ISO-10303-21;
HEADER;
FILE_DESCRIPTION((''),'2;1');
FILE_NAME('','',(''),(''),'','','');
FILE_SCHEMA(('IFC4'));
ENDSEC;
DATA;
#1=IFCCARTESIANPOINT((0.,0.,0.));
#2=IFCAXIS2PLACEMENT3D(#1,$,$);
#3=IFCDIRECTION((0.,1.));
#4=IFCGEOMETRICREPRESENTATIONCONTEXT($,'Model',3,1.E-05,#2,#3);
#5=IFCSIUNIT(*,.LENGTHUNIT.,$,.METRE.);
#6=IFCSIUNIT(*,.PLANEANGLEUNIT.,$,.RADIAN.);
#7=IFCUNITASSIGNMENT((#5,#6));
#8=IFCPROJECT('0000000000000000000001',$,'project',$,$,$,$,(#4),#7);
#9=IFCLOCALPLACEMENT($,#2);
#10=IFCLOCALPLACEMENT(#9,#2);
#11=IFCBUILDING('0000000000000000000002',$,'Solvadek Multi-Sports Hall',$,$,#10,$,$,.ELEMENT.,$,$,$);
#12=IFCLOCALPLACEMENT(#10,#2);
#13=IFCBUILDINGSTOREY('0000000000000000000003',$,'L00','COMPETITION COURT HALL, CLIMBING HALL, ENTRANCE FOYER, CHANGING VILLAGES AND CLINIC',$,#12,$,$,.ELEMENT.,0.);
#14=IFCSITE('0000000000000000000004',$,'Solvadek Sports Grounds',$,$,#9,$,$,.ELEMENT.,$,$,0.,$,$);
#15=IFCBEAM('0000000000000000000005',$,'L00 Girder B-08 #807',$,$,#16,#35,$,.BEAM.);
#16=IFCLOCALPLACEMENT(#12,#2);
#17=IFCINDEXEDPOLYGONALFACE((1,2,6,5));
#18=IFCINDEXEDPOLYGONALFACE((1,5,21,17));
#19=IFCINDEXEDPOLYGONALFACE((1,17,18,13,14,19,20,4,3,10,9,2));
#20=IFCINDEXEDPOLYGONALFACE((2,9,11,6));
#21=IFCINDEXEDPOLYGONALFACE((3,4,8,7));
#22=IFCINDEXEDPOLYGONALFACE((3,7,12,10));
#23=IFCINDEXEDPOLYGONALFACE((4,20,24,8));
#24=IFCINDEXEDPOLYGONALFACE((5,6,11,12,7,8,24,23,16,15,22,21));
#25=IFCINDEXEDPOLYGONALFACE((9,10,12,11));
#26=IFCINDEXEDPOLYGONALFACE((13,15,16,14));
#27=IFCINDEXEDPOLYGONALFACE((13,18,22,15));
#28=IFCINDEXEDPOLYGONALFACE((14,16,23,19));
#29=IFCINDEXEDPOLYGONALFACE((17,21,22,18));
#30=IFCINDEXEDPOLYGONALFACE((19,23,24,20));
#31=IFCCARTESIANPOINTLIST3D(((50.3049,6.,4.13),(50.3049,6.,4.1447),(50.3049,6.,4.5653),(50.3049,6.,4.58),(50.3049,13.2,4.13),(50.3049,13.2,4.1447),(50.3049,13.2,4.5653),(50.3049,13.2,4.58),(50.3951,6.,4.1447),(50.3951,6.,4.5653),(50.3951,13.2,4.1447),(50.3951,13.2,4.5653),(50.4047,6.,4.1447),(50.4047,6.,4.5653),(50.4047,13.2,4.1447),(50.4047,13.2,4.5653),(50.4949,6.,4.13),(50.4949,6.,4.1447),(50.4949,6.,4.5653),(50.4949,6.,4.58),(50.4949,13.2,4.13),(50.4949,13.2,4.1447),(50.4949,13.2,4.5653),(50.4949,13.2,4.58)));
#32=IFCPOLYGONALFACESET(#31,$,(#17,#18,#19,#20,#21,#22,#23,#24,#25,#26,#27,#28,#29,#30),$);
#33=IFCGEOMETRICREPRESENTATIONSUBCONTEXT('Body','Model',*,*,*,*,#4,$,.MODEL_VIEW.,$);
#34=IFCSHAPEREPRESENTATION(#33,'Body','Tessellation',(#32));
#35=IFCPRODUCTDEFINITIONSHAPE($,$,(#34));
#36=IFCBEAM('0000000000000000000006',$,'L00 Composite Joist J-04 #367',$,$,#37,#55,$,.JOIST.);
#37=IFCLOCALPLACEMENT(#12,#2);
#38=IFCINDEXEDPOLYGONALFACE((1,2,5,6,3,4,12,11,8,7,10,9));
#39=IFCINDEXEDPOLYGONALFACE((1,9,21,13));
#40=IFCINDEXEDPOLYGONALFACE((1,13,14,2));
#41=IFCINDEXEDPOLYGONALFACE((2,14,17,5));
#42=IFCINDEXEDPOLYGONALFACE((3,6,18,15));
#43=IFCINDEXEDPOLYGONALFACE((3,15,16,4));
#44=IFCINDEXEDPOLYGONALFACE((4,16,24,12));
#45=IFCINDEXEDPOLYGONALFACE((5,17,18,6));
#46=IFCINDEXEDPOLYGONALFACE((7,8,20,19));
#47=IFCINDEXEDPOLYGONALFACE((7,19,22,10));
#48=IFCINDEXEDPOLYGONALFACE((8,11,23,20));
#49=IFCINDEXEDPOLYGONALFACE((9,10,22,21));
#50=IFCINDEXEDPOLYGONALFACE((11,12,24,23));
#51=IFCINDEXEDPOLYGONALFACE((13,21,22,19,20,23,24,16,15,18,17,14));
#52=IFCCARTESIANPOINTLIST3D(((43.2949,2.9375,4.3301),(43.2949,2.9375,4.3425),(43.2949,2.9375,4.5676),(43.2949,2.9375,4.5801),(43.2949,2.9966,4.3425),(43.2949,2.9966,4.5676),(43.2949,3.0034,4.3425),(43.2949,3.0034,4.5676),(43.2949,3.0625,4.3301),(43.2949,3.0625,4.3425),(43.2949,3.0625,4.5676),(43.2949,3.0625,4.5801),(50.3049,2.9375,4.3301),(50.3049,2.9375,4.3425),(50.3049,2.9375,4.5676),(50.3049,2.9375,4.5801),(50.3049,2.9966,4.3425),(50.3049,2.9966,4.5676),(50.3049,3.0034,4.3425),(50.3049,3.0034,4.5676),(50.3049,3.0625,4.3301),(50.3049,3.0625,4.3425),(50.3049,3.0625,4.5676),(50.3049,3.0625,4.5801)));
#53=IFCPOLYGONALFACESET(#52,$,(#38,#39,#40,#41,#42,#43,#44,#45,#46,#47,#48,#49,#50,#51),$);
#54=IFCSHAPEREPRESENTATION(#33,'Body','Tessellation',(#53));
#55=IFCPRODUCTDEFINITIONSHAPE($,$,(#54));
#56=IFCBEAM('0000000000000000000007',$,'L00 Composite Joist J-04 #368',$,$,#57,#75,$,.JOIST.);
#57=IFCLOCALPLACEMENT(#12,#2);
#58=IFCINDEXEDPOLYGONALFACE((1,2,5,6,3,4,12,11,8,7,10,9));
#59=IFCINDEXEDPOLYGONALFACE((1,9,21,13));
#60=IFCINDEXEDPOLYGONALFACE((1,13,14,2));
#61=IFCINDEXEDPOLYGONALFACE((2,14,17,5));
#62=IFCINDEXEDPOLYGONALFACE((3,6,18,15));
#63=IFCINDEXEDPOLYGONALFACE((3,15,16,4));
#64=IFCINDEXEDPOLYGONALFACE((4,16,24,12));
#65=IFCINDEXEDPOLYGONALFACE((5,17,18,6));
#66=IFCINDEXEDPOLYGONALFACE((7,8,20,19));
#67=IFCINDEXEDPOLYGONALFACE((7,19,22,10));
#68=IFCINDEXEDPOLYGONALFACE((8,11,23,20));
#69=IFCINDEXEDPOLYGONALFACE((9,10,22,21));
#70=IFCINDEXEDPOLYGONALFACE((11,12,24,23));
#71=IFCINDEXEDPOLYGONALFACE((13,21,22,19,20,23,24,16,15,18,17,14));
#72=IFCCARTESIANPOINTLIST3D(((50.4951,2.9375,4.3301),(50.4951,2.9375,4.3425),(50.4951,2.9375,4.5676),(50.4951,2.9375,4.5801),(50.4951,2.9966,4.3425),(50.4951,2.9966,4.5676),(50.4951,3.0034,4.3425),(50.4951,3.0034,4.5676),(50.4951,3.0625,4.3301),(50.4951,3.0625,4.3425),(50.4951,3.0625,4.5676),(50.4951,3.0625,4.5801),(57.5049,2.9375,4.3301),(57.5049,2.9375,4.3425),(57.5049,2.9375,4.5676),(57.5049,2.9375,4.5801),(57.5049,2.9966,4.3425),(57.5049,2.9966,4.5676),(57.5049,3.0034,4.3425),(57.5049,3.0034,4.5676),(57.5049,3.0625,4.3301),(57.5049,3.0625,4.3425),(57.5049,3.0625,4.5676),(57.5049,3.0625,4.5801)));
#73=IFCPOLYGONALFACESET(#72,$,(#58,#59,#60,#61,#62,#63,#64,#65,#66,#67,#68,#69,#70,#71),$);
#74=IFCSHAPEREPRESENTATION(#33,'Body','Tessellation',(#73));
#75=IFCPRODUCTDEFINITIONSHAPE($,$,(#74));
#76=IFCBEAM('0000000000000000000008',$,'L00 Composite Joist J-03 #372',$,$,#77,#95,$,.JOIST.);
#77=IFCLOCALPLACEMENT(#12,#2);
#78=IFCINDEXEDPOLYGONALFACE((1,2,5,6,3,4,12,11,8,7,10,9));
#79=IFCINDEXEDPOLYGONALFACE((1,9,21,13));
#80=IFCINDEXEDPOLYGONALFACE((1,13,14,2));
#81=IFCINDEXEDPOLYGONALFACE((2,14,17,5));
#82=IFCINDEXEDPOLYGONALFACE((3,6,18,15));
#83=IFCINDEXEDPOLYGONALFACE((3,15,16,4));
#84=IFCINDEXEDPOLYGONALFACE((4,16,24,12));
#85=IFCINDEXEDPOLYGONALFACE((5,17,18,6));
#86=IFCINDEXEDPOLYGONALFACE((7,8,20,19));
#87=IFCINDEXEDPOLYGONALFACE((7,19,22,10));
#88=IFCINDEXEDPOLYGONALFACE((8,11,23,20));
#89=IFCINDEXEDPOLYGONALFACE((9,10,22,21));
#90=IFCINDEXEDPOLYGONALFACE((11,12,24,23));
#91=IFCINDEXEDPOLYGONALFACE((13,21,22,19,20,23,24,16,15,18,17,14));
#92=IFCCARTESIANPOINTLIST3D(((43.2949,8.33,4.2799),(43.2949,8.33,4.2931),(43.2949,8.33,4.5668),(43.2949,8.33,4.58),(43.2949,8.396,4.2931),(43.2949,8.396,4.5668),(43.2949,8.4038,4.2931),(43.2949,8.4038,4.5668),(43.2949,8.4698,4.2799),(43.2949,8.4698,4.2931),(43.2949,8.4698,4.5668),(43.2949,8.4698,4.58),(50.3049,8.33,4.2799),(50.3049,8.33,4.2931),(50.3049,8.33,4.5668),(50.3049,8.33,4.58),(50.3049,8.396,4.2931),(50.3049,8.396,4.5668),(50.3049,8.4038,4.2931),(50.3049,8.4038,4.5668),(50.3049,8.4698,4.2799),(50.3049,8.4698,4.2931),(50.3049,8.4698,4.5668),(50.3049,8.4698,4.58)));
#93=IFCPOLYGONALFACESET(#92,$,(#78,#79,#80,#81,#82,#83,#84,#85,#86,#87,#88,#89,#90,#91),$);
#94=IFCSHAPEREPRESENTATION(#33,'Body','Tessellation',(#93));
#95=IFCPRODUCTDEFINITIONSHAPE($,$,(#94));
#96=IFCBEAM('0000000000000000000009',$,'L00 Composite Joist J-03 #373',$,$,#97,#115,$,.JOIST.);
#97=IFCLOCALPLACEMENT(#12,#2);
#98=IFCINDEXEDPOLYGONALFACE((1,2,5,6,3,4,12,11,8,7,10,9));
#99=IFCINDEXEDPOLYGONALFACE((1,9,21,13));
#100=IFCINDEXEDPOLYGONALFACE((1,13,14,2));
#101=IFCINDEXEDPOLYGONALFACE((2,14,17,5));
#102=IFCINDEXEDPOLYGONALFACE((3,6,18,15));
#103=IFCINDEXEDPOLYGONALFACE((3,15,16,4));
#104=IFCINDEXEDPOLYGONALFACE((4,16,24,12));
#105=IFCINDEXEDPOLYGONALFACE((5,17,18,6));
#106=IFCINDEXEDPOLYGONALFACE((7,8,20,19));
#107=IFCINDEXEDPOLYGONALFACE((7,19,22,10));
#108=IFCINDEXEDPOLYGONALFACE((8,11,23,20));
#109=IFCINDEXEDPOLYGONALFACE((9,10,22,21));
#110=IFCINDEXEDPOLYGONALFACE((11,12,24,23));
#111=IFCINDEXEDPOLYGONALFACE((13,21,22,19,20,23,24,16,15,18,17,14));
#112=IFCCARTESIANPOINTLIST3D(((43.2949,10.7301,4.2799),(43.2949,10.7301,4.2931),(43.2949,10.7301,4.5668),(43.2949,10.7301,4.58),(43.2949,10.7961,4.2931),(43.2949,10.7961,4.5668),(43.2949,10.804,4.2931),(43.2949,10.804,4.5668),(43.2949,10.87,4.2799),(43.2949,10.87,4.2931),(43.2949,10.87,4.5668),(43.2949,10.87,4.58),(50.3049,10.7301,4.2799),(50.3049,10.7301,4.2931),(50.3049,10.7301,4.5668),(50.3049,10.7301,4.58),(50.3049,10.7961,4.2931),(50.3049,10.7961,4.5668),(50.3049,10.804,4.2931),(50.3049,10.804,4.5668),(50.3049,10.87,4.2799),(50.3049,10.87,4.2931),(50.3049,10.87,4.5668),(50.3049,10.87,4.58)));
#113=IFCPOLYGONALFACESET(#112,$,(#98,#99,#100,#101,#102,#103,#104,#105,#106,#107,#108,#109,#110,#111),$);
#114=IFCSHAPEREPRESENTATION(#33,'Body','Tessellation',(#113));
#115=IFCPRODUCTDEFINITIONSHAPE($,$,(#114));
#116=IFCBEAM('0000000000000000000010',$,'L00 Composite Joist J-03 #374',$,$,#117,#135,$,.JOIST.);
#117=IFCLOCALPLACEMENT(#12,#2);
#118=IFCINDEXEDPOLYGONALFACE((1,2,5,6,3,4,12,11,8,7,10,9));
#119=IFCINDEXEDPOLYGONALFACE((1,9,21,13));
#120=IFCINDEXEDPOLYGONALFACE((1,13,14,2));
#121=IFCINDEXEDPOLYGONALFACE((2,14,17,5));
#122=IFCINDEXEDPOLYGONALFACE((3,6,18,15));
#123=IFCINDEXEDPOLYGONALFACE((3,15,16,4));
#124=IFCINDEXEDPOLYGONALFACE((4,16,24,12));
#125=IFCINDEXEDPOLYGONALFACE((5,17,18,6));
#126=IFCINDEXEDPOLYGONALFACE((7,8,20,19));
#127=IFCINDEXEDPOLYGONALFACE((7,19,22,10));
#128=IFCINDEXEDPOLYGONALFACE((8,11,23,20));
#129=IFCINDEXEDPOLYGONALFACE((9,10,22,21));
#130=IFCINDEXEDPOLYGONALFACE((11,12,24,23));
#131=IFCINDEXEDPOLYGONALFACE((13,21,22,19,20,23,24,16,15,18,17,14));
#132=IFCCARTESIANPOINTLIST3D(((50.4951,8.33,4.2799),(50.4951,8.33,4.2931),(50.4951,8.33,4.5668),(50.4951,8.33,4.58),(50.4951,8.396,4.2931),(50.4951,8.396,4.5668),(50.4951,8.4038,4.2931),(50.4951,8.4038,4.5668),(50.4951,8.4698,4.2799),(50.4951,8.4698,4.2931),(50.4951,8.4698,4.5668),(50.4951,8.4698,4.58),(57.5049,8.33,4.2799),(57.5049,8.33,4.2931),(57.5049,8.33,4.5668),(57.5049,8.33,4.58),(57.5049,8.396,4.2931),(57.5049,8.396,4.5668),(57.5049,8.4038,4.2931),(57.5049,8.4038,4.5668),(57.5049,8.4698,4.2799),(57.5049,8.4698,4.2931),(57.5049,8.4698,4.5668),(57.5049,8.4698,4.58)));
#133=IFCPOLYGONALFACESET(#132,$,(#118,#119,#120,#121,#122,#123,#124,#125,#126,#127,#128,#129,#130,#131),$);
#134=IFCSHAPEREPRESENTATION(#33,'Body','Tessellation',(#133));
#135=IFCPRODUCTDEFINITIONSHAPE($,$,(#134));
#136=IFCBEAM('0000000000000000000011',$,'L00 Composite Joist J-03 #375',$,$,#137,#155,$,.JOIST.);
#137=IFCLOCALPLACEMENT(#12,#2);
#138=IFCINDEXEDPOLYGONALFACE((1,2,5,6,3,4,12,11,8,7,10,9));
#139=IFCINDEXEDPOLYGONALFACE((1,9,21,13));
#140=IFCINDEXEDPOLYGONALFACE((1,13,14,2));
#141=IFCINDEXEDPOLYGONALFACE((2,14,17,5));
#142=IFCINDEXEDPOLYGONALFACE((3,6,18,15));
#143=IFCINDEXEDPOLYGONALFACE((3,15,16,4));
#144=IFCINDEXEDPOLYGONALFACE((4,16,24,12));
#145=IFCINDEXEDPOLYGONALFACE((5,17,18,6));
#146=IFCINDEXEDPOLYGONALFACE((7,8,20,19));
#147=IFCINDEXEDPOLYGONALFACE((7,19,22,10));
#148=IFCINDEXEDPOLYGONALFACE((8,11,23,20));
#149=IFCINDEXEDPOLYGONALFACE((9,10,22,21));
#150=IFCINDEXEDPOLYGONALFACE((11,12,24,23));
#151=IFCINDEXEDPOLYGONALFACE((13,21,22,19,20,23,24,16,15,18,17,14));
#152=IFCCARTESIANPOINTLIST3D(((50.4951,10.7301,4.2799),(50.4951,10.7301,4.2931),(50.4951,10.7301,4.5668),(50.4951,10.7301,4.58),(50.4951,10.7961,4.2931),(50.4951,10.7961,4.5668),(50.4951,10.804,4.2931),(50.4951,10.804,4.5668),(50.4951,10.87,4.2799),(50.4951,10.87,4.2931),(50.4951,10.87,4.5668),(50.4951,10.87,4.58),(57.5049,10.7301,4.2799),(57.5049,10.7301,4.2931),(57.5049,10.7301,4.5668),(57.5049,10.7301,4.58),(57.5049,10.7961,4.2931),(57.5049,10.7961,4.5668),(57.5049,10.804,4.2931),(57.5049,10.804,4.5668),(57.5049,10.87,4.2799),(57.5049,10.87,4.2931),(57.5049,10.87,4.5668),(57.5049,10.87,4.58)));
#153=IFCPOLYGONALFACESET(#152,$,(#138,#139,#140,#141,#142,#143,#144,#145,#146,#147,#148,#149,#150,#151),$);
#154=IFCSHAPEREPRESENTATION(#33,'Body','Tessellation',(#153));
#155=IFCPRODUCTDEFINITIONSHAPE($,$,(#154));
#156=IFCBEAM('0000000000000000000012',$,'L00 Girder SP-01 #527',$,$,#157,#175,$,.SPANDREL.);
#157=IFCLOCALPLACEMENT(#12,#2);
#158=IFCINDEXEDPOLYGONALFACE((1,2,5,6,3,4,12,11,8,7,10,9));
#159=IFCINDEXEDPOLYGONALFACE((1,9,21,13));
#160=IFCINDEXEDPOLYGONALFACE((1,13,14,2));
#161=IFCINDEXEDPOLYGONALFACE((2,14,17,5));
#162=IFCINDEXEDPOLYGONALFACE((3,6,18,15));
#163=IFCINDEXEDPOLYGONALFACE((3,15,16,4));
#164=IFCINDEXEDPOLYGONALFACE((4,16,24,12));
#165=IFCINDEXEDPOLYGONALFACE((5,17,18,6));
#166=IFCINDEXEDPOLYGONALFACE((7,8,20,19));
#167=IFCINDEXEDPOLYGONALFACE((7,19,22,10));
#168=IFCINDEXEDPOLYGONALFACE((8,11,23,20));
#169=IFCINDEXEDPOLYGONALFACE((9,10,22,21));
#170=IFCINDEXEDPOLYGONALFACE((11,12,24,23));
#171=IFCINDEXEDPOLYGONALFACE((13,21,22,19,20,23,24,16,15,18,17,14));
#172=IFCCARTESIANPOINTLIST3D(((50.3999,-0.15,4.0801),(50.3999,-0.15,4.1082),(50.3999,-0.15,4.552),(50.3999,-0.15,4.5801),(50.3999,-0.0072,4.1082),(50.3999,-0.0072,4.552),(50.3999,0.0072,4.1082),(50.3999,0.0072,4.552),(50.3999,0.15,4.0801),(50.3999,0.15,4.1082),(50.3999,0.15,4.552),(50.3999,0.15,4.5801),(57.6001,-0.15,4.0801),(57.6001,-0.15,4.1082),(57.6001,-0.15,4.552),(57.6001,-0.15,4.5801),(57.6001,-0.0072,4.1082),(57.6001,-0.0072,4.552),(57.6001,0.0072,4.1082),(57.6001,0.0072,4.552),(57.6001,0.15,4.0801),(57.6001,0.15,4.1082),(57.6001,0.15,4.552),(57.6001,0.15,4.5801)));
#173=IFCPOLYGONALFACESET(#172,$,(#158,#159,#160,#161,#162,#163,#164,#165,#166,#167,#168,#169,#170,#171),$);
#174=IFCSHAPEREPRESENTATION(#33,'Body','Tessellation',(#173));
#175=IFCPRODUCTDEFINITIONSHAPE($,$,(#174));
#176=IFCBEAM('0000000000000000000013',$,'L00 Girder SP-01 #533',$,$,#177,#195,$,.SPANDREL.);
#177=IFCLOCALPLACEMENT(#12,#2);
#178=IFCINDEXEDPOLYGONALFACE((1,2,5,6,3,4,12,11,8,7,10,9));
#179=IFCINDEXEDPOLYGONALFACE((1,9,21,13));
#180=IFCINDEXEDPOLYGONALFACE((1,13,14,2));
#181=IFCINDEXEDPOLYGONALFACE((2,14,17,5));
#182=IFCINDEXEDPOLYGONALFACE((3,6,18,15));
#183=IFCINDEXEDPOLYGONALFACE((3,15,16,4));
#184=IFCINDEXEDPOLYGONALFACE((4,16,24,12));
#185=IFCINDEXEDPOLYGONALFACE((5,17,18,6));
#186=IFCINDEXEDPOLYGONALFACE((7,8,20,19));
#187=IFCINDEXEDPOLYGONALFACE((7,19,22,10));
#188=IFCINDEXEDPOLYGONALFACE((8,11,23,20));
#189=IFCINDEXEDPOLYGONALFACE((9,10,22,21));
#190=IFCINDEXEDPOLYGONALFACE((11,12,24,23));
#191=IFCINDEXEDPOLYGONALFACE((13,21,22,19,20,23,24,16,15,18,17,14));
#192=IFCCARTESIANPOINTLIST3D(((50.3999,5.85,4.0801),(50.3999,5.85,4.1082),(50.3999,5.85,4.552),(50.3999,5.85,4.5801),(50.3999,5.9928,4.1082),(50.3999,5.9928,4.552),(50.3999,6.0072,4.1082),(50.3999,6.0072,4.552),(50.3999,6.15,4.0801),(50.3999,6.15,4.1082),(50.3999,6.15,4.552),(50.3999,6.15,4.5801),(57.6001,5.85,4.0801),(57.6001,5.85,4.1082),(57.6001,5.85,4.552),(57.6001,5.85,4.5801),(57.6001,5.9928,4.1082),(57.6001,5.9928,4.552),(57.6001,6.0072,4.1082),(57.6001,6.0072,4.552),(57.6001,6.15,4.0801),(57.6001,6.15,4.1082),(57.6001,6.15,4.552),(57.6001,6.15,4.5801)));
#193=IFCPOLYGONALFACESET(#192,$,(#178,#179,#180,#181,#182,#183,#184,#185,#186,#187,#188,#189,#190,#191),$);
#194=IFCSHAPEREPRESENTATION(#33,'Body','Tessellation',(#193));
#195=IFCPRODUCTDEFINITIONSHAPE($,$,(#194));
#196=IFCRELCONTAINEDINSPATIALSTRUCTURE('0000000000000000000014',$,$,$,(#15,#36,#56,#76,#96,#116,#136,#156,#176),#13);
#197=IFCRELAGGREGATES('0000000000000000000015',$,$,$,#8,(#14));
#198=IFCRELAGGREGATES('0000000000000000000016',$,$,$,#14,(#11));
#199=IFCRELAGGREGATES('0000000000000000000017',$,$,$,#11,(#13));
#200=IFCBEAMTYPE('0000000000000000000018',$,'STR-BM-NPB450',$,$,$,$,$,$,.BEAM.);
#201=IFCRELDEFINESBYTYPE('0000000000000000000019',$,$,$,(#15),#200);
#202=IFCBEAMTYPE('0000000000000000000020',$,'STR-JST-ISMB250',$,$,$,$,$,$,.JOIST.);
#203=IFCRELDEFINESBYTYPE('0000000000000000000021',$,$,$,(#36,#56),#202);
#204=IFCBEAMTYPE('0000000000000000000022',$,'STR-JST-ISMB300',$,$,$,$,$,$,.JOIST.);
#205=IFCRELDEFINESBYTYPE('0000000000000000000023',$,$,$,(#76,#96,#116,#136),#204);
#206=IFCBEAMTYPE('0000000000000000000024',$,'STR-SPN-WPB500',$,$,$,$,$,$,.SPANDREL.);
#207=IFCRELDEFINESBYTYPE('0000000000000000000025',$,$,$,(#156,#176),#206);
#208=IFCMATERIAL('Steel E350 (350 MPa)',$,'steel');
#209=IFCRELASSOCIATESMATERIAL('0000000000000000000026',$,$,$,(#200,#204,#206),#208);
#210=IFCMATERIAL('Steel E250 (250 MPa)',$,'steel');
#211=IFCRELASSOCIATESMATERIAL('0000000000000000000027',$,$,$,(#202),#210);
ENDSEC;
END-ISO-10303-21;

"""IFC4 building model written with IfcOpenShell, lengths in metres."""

from ifc_helpers import new_model, si_unit, direction, frame, origin, origin_2d, place, context, subcontext, project, spatial, i_section, extrude, material, material_profile, profile_set, type_object, element, save


model = new_model("IFC4")

# Units and contexts
model_context = context("Model", 3, precision=1e-05, world=origin(), true_north=direction((0.0, 1.0)))
body_context = subcontext(model_context, "Body", "Model", "MODEL_VIEW")
ifc_project = project(units=[si_unit("LENGTHUNIT", "METRE"), si_unit("PLANEANGLEUNIT", "RADIAN")], contexts=[model_context])

# Site, building, storey
site_placement = place(None, origin())
site = spatial("IfcSite", under=ifc_project, at=site_placement, Name="Solvadek Sports Grounds", CompositionType="ELEMENT", RefElevation=0.0)
building_placement = place(site_placement, origin())
building = spatial("IfcBuilding", under=site, at=building_placement, Name="Solvadek Multi-Sports Hall", CompositionType="ELEMENT")
storey_placement = place(building_placement, origin())
storey = spatial("IfcBuildingStorey", under=building, at=storey_placement, Name="L00", Description="COMPETITION COURT HALL, CLIMBING HALL, ENTRANCE FOYER, CHANGING VILLAGES AND CLINIC", CompositionType="ELEMENT", Elevation=0.0)

# Shared definitions
ifc_material_1 = material(Name="Steel E350 (350 MPa)", Category="steel")

# Beams
ifc_material_profile_1 = material_profile(ifc_material_1, i_section(OverallWidth=0.1899, OverallDepth=0.45, WebThickness=0.0095, FlangeThickness=0.0146, at=origin_2d()), Name="NPB 450")
ifc_profile_set_1 = profile_set([ifc_material_profile_1], Name="Steel E350 (350 MPa)")
beam_type_1 = type_object("IfcBeamType", Name="STR-BM-NPB450", PredefinedType="BEAM", material=ifc_profile_set_1)
beam_1_placement = place(storey_placement, frame((50.3999, 6.0, 4.355), z_axis=(0.0, 1.0, 0.0), x_axis=(-1.0, 0.0, 0.0)))
element("IfcBeam", 1, at=beam_1_placement, inside=storey, type_object=beam_type_1, Name="L00 Girder B-08 #807", PredefinedType="BEAM", context=body_context, shape_type="SweptSolid", body=[
    extrude(i_section(OverallWidth=0.1899, OverallDepth=0.45, WebThickness=0.0095, FlangeThickness=0.0146, at=origin_2d()), origin(), (0.0, 0.0, 1.0), 7.2),
])
ifc_material_2 = material(Name="Steel E250 (250 MPa)", Category="steel")
ifc_material_profile_2 = material_profile(ifc_material_2, i_section(OverallWidth=0.125, OverallDepth=0.25, WebThickness=0.0068, FlangeThickness=0.0125, at=origin_2d()), Name="ISMB 250")
ifc_profile_set_2 = profile_set([ifc_material_profile_2], Name="Steel E250 (250 MPa)")
beam_type_2 = type_object("IfcBeamType", Name="STR-JST-ISMB250", PredefinedType="JOIST", material=ifc_profile_set_2)
beam_2_placement = place(storey_placement, frame((43.2949, 3.0, 4.4551), z_axis=(1.0, 0.0, 0.0), x_axis=(0.0, 1.0, 0.0)))
element("IfcBeam", 2, at=beam_2_placement, inside=storey, type_object=beam_type_2, Name="L00 Composite Joist J-04 #367", PredefinedType="JOIST", context=body_context, shape_type="SweptSolid", body=[
    extrude(i_section(OverallWidth=0.125, OverallDepth=0.25, WebThickness=0.0068, FlangeThickness=0.0125, at=origin_2d()), origin(), (0.0, 0.0, 1.0), 7.01),
])
beam_3_placement = place(storey_placement, frame((50.4951, 3.0, 4.4551), z_axis=(1.0, 0.0, 0.0), x_axis=(0.0, 1.0, 0.0)))
element("IfcBeam", 3, at=beam_3_placement, inside=storey, type_object=beam_type_2, Name="L00 Composite Joist J-04 #368", PredefinedType="JOIST", context=body_context, shape_type="SweptSolid", body=[
    extrude(i_section(OverallWidth=0.125, OverallDepth=0.25, WebThickness=0.0068, FlangeThickness=0.0125, at=origin_2d()), origin(), (0.0, 0.0, 1.0), 7.0098),
])
ifc_material_profile_3 = material_profile(ifc_material_1, i_section(OverallWidth=0.1399, OverallDepth=0.3, WebThickness=0.0078, FlangeThickness=0.0132, at=origin_2d()), Name="ISMB 300")
ifc_profile_set_3 = profile_set([ifc_material_profile_3], Name="Steel E350 (350 MPa)")
beam_type_3 = type_object("IfcBeamType", Name="STR-JST-ISMB300", PredefinedType="JOIST", material=ifc_profile_set_3)
for number, where, z_axis, x_axis, name in (
    (4, (43.2949, 8.3999, 4.4299), (1.0, 0.0, 0.0), (0.0, 1.0, 0.0), "L00 Composite Joist J-03 #372"),
    (5, (43.2949, 10.8, 4.4299), (1.0, 0.0, 0.0), (0.0, 1.0, 0.0), "L00 Composite Joist J-03 #373"),
):
    element("IfcBeam", number, at=place(storey_placement, frame(where, z_axis=z_axis, x_axis=x_axis)), inside=storey, type_object=beam_type_3, Name=name, PredefinedType="JOIST", context=body_context, shape_type="SweptSolid", body=[
        extrude(i_section(OverallWidth=0.1399, OverallDepth=0.3, WebThickness=0.0078, FlangeThickness=0.0132, at=origin_2d()), origin(), (0.0, 0.0, 1.0), 7.01),
    ])
for number, where, z_axis, x_axis, name in (
    (6, (50.4951, 8.3999, 4.4299), (1.0, 0.0, 0.0), (0.0, 1.0, 0.0), "L00 Composite Joist J-03 #374"),
    (7, (50.4951, 10.8, 4.4299), (1.0, 0.0, 0.0), (0.0, 1.0, 0.0), "L00 Composite Joist J-03 #375"),
):
    element("IfcBeam", number, at=place(storey_placement, frame(where, z_axis=z_axis, x_axis=x_axis)), inside=storey, type_object=beam_type_3, Name=name, PredefinedType="JOIST", context=body_context, shape_type="SweptSolid", body=[
        extrude(i_section(OverallWidth=0.1399, OverallDepth=0.3, WebThickness=0.0078, FlangeThickness=0.0132, at=origin_2d()), origin(), (0.0, 0.0, 1.0), 7.0098),
    ])
ifc_material_profile_4 = material_profile(ifc_material_1, i_section(OverallWidth=0.3, OverallDepth=0.5, WebThickness=0.0144, FlangeThickness=0.0281, at=origin_2d()), Name="WPB 500")
ifc_profile_set_4 = profile_set([ifc_material_profile_4], Name="Steel E350 (350 MPa)")
beam_type_4 = type_object("IfcBeamType", Name="STR-SPN-WPB500", PredefinedType="SPANDREL", material=ifc_profile_set_4)
for number, where, z_axis, x_axis, name in (
    (8, (50.3999, 0.0, 4.3301), (1.0, 0.0, 0.0), (0.0, 1.0, 0.0), "L00 Girder SP-01 #527"),
    (9, (50.3999, 6.0, 4.3301), (1.0, 0.0, 0.0), (0.0, 1.0, 0.0), "L00 Girder SP-01 #533"),
):
    element("IfcBeam", number, at=place(storey_placement, frame(where, z_axis=z_axis, x_axis=x_axis)), inside=storey, type_object=beam_type_4, Name=name, PredefinedType="SPANDREL", context=body_context, shape_type="SweptSolid", body=[
        extrude(i_section(OverallWidth=0.3, OverallDepth=0.5, WebThickness=0.0144, FlangeThickness=0.0281, at=origin_2d()), origin(), (0.0, 0.0, 1.0), 7.2002),
    ])

save(model, "model.ifc")
